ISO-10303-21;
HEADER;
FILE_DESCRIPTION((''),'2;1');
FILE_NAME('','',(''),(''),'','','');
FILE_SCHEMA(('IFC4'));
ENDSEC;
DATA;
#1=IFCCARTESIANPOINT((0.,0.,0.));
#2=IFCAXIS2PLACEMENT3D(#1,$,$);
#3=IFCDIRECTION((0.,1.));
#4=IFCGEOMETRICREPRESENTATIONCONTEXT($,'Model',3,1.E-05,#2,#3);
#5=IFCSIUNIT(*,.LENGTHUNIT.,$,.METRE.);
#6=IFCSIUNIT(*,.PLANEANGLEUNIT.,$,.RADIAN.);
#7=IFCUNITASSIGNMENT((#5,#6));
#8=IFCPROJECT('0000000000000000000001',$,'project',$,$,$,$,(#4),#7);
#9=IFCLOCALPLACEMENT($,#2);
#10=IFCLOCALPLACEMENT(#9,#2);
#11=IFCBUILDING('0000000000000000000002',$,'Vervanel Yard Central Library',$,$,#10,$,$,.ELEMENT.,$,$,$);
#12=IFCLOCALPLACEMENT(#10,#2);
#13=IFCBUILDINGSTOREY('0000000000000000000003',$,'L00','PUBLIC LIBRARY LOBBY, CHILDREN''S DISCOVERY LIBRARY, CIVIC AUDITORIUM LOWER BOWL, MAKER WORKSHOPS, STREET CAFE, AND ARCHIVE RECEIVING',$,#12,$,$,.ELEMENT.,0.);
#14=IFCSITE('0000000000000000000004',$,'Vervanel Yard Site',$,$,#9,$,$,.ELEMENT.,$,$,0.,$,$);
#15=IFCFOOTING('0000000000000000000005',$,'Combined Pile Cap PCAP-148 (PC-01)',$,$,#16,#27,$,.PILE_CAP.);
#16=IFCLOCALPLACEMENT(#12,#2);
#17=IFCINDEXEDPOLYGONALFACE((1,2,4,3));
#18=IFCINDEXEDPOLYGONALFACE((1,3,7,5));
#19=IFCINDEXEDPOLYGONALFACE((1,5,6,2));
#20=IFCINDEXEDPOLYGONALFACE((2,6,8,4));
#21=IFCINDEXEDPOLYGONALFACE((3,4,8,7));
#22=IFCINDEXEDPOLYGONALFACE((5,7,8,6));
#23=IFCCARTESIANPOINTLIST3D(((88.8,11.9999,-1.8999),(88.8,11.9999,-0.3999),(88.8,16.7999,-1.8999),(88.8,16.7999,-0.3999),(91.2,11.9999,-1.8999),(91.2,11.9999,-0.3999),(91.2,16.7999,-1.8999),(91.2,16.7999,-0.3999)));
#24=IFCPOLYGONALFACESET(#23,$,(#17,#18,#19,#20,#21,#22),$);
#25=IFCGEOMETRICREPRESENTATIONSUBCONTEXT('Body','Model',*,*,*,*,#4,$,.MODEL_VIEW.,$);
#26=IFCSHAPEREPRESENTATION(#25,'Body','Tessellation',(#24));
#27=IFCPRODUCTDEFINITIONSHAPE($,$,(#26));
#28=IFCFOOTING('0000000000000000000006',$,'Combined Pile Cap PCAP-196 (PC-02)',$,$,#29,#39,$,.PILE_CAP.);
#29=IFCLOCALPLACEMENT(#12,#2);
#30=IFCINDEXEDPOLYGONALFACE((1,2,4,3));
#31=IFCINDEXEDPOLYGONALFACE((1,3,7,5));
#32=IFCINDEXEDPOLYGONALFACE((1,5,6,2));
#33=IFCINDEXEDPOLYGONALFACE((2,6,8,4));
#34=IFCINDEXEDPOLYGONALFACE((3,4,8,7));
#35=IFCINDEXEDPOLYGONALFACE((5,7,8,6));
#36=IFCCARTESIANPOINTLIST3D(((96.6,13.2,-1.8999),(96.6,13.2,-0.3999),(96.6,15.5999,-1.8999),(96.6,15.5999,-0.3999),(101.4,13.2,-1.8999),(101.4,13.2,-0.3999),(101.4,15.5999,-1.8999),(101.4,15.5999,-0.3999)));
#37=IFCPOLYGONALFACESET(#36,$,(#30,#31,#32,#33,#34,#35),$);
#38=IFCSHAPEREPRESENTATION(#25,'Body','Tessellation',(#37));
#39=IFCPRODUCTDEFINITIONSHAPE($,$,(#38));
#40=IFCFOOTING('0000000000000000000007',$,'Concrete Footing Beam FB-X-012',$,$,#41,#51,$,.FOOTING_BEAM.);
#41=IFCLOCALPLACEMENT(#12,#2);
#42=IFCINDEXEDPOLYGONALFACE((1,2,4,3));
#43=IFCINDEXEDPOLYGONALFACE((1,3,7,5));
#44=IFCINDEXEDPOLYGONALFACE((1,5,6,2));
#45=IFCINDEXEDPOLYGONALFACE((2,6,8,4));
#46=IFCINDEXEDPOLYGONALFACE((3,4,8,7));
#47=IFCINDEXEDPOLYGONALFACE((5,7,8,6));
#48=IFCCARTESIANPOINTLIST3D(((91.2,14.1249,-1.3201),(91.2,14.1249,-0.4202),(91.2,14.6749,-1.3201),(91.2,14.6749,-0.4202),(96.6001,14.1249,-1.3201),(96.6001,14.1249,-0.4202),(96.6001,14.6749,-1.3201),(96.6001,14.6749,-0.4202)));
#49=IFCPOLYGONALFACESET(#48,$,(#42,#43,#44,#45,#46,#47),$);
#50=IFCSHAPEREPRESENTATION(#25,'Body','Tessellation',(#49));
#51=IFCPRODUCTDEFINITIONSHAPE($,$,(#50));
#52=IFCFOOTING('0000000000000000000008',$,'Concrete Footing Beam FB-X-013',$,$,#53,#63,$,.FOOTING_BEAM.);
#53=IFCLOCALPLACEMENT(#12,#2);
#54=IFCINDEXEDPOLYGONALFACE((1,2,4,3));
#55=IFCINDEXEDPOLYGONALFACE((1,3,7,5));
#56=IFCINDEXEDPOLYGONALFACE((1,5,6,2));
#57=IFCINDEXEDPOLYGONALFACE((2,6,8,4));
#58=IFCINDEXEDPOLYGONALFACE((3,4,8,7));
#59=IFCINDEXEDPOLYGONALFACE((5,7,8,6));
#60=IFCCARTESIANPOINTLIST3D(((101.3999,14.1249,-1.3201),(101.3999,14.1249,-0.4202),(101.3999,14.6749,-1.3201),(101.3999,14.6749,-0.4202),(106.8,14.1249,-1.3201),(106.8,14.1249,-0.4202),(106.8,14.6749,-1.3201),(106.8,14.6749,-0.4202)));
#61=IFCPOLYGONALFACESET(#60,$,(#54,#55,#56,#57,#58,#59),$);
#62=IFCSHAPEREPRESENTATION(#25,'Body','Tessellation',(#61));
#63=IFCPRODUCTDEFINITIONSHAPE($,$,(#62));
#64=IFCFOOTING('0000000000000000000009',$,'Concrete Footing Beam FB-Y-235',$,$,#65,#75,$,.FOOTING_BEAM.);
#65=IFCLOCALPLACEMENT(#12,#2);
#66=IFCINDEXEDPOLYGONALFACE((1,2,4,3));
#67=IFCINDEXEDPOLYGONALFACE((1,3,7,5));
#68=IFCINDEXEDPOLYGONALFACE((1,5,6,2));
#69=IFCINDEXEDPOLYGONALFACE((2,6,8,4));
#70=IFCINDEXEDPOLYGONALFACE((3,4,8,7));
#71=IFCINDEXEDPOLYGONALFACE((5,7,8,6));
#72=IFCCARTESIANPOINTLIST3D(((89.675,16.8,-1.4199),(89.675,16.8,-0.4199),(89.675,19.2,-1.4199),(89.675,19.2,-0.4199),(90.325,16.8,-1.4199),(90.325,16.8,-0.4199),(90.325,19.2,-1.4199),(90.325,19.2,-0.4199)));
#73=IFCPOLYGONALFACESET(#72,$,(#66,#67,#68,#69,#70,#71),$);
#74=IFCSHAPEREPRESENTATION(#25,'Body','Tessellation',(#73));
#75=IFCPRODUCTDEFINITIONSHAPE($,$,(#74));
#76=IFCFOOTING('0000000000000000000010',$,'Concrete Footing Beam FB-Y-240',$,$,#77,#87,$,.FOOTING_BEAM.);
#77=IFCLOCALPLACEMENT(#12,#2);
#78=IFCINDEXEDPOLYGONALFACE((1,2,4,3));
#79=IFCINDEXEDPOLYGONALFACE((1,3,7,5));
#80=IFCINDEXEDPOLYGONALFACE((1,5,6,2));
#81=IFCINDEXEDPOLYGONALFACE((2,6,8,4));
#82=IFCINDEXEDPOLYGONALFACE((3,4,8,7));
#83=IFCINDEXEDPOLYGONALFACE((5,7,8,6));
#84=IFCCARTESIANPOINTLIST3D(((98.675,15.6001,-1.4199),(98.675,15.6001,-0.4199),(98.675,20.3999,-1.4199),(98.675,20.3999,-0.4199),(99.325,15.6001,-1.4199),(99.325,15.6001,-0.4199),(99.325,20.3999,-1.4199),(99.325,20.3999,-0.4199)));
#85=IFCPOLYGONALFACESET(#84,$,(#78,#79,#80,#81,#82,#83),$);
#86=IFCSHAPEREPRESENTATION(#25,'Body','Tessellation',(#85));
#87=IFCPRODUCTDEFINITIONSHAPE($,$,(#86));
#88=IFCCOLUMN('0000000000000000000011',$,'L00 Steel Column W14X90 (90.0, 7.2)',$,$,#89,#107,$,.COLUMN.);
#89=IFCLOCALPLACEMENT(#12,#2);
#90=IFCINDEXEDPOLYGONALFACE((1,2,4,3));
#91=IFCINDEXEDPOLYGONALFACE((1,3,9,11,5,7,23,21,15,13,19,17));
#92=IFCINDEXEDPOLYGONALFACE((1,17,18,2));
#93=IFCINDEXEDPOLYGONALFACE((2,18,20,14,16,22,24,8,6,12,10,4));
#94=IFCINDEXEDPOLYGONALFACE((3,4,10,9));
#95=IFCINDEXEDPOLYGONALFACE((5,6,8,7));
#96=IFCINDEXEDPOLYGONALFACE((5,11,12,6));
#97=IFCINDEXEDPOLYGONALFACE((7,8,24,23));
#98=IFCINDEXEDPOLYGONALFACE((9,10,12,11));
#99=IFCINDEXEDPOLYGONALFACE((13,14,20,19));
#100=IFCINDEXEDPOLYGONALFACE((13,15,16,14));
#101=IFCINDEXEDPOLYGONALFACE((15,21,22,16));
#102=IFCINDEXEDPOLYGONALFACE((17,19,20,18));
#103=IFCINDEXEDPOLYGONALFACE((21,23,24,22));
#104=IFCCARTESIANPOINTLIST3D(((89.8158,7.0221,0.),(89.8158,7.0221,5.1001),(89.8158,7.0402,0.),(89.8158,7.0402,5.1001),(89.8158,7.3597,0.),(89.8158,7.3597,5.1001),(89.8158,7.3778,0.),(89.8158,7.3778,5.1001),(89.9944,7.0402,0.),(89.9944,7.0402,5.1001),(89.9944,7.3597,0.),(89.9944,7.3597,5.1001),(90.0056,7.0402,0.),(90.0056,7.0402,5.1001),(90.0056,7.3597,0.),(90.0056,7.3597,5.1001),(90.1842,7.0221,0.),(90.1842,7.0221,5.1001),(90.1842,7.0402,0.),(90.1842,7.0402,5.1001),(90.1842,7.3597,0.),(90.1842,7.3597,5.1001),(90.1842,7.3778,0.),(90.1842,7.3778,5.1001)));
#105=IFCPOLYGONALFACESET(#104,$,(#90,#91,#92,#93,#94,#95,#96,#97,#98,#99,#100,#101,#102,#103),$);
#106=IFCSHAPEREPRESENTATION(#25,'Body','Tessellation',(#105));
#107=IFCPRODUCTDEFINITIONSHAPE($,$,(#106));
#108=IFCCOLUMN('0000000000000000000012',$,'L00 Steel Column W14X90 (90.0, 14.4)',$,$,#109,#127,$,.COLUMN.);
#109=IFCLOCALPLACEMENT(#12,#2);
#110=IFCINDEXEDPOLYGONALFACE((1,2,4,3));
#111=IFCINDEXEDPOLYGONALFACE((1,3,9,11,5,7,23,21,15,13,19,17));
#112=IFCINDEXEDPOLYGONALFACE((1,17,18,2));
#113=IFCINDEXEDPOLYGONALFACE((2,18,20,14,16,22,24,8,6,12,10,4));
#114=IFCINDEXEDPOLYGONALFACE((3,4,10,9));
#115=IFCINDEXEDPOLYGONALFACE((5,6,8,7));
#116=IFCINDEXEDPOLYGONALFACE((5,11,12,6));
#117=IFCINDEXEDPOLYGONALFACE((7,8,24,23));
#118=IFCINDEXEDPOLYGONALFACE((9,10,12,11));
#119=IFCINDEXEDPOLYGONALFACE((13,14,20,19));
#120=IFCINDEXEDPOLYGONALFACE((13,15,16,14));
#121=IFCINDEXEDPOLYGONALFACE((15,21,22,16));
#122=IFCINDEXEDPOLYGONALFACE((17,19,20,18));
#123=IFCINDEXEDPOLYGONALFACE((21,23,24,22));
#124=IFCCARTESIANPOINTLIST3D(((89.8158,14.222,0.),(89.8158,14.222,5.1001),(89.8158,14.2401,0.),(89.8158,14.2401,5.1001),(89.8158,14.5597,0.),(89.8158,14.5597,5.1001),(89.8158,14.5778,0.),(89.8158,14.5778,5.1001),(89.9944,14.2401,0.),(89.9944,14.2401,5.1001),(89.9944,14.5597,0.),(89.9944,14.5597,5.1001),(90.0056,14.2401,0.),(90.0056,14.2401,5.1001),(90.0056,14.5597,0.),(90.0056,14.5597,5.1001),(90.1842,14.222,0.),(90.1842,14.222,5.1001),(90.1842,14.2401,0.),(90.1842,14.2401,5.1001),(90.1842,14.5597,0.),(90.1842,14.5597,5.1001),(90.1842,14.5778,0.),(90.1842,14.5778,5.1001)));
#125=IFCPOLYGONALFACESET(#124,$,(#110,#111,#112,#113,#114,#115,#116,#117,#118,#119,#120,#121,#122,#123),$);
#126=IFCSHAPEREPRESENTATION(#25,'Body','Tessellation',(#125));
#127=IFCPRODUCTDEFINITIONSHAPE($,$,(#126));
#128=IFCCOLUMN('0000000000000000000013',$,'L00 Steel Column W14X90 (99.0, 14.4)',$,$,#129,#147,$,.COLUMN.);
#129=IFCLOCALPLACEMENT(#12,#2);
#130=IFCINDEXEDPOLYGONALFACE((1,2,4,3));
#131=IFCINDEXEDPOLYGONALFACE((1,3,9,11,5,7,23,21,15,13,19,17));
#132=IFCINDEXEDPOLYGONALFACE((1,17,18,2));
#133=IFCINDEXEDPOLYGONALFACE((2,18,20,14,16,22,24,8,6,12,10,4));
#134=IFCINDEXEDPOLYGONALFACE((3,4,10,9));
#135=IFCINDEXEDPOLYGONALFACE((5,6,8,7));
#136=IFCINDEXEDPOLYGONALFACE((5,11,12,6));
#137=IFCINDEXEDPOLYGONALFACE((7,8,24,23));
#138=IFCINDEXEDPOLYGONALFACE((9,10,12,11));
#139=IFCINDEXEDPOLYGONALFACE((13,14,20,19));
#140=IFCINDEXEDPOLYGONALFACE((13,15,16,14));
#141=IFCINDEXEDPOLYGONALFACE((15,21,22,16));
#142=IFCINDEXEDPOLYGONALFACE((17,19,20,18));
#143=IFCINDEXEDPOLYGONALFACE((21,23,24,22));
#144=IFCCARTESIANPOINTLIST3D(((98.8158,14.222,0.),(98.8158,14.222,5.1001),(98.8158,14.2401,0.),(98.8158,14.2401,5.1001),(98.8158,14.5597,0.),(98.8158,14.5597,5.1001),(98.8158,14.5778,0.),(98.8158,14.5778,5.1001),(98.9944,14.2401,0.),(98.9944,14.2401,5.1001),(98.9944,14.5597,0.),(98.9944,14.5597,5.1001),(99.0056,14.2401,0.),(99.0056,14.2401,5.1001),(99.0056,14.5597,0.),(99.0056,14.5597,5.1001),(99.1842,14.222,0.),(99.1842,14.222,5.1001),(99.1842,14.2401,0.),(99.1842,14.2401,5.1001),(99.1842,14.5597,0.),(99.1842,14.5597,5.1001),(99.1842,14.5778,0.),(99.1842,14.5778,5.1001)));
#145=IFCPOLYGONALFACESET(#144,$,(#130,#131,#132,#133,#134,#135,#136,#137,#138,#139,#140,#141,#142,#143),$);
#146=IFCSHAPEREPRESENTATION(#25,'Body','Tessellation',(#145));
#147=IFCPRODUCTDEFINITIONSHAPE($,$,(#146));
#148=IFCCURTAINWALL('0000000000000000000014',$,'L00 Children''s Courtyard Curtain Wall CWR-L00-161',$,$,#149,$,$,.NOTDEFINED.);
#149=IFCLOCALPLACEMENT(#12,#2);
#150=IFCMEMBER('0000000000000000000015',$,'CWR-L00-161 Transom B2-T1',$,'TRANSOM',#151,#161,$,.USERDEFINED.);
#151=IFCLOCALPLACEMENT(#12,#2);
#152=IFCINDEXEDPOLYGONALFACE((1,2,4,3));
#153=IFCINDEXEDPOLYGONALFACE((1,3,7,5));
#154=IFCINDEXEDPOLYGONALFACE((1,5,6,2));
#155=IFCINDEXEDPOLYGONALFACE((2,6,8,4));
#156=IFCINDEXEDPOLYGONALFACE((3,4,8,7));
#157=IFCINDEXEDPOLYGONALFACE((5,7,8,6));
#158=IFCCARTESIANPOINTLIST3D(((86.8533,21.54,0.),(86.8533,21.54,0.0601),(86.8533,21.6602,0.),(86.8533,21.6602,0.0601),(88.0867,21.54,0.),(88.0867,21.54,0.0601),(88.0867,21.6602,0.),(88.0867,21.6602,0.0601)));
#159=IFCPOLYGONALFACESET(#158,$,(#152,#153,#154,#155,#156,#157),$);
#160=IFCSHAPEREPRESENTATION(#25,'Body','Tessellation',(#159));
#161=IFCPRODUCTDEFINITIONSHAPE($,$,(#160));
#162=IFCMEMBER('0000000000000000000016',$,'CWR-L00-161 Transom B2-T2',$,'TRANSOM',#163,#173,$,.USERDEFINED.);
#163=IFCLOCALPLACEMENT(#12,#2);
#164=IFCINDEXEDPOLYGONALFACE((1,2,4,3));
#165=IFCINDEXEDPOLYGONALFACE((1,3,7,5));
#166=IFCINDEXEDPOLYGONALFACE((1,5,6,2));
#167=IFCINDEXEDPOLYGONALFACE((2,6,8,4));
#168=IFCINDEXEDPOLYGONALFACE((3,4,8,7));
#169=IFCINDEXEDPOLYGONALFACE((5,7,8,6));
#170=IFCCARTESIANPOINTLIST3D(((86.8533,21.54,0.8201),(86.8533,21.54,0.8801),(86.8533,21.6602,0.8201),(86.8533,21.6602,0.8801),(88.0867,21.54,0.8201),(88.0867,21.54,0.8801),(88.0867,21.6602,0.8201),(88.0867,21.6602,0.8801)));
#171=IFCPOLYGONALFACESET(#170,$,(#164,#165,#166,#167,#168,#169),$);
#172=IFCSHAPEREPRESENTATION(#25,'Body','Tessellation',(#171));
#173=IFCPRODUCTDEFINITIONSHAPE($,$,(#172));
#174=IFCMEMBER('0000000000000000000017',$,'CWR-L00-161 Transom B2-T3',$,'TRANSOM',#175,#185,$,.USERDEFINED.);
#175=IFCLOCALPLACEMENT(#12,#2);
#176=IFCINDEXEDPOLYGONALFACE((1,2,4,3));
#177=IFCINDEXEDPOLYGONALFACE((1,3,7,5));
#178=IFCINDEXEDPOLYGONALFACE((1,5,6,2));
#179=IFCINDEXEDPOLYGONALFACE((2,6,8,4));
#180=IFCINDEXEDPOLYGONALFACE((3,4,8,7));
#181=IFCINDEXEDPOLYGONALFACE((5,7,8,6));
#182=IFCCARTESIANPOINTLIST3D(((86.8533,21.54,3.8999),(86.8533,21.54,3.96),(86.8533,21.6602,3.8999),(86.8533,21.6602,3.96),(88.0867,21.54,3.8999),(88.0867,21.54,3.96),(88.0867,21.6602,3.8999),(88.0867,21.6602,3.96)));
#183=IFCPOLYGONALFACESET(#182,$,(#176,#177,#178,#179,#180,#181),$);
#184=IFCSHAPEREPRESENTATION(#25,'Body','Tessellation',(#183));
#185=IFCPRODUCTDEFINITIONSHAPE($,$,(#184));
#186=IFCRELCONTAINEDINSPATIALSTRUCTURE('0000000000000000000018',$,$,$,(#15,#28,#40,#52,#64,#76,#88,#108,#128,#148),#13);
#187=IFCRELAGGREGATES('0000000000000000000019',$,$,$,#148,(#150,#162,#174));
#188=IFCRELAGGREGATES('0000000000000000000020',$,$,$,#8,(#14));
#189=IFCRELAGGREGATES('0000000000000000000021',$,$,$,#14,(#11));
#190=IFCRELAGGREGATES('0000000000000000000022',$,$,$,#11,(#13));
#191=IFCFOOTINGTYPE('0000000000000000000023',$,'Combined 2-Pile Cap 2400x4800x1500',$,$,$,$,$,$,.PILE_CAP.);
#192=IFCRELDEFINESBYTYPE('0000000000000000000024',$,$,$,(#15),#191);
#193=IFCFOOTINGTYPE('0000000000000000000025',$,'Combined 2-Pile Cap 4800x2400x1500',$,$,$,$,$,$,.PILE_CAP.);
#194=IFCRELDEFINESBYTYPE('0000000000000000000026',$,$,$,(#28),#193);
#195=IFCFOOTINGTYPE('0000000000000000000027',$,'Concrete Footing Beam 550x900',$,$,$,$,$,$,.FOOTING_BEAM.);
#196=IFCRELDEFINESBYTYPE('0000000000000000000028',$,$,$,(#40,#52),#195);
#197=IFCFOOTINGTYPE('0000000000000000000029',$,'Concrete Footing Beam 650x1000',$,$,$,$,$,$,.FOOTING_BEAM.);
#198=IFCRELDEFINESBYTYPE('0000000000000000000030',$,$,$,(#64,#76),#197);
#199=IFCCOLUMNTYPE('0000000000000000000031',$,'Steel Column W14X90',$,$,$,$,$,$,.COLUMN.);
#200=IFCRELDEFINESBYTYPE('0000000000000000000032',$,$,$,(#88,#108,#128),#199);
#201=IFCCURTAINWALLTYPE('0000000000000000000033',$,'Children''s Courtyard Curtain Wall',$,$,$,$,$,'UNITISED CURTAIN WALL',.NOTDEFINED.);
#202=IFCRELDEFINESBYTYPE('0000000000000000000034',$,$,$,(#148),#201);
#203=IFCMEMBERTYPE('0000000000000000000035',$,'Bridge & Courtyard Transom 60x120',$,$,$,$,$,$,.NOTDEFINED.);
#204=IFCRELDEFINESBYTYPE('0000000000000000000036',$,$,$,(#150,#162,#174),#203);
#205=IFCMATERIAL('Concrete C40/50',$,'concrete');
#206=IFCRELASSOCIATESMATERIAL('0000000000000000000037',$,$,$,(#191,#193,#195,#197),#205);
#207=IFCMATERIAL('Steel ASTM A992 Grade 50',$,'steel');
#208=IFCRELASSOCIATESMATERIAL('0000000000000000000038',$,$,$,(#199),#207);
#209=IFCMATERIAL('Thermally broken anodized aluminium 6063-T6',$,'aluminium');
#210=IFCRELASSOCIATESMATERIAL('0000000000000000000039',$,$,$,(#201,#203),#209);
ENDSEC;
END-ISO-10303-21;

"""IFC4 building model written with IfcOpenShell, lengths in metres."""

from ifc_helpers import new_model, si_unit, direction, frame, origin, origin_2d, place, context, subcontext, project, spatial, rectangle, i_section, extrude, material, material_profile, profile_set, type_object, element, aggregate, save


model = new_model("IFC4")

# Units and contexts
model_context = context("Model", 3, precision=1e-05, world=origin(), true_north=direction((0.0, 1.0)))
body_context = subcontext(model_context, "Body", "Model", "MODEL_VIEW")
ifc_project = project(units=[si_unit("LENGTHUNIT", "METRE"), si_unit("PLANEANGLEUNIT", "RADIAN")], contexts=[model_context])

# Site, building, storey
site_placement = place(None, origin())
site = spatial("IfcSite", under=ifc_project, at=site_placement, Name="Vervanel Yard Site", CompositionType="ELEMENT", RefElevation=0.0)
building_placement = place(site_placement, origin())
building = spatial("IfcBuilding", under=site, at=building_placement, Name="Vervanel Yard Central Library", CompositionType="ELEMENT")
storey_placement = place(building_placement, origin())
storey = spatial("IfcBuildingStorey", under=building, at=storey_placement, Name="L00", Description="PUBLIC LIBRARY LOBBY, CHILDREN'S DISCOVERY LIBRARY, CIVIC AUDITORIUM LOWER BOWL, MAKER WORKSHOPS, STREET CAFE, AND ARCHIVE RECEIVING", CompositionType="ELEMENT", Elevation=0.0)

# Shared definitions
ifc_material_1 = material(Name="Concrete C40/50", Category="concrete")

# Footings
footing_type_1 = type_object("IfcFootingType", Name="Combined 2-Pile Cap 2400x4800x1500", PredefinedType="PILE_CAP", material=ifc_material_1)
footing_1_placement = place(storey_placement, frame((90.0, 14.3999, -1.8999), z_axis=(0.0, 0.0, 1.0), x_axis=(1.0, 0.0, 0.0)))
element("IfcFooting", 1, at=footing_1_placement, inside=storey, type_object=footing_type_1, Name="Combined Pile Cap PCAP-148 (PC-01)", PredefinedType="PILE_CAP", context=body_context, shape_type="SweptSolid", body=[
    extrude(rectangle(XDim=2.3999, YDim=4.8, at=origin_2d()), origin(), (0.0, 0.0, 1.0), 1.5),
])
footing_type_2 = type_object("IfcFootingType", Name="Combined 2-Pile Cap 4800x2400x1500", PredefinedType="PILE_CAP", material=ifc_material_1)
footing_2_placement = place(storey_placement, frame((99.0, 14.3999, -1.8999), z_axis=(0.0, 0.0, 1.0), x_axis=(1.0, 0.0, 0.0)))
element("IfcFooting", 2, at=footing_2_placement, inside=storey, type_object=footing_type_2, Name="Combined Pile Cap PCAP-196 (PC-02)", PredefinedType="PILE_CAP", context=body_context, shape_type="SweptSolid", body=[
    extrude(rectangle(XDim=4.8, YDim=2.3999, at=origin_2d()), origin(), (0.0, 0.0, 1.0), 1.5),
])
ifc_material_profile_1 = material_profile(ifc_material_1, rectangle(XDim=0.55, YDim=0.8999, at=origin_2d()), Name="RC 550x900", Category="concrete")
ifc_profile_set_1 = profile_set([ifc_material_profile_1], Name="Concrete C40/50")
footing_type_3 = type_object("IfcFootingType", Name="Concrete Footing Beam 550x900", PredefinedType="FOOTING_BEAM", material=ifc_profile_set_1)
for number, where, z_axis, x_axis, name in (
    (3, (91.2, 14.3999, -0.8701), (1.0, 0.0, 0.0), (0.0, 1.0, 0.0), "Concrete Footing Beam FB-X-012"),
    (4, (101.3999, 14.3999, -0.8701), (1.0, 0.0, 0.0), (0.0, 1.0, 0.0), "Concrete Footing Beam FB-X-013"),
):
    element("IfcFooting", number, at=place(storey_placement, frame(where, z_axis=z_axis, x_axis=x_axis)), inside=storey, type_object=footing_type_3, Name=name, PredefinedType="FOOTING_BEAM", context=body_context, shape_type="SweptSolid", body=[
        extrude(rectangle(XDim=0.55, YDim=0.8999, at=origin_2d()), origin(), (0.0, 0.0, 1.0), 5.4001),
    ])
ifc_material_profile_2 = material_profile(ifc_material_1, rectangle(XDim=0.6499, YDim=1.0, at=origin_2d()), Name="RC 650x1000", Category="concrete")
ifc_profile_set_2 = profile_set([ifc_material_profile_2], Name="Concrete C40/50")
footing_type_4 = type_object("IfcFootingType", Name="Concrete Footing Beam 650x1000", PredefinedType="FOOTING_BEAM", material=ifc_profile_set_2)
footing_3_placement = place(storey_placement, frame((90.0, 16.8, -0.9199), z_axis=(0.0, 1.0, 0.0), x_axis=(-1.0, 0.0, 0.0)))
element("IfcFooting", 5, at=footing_3_placement, inside=storey, type_object=footing_type_4, Name="Concrete Footing Beam FB-Y-235", PredefinedType="FOOTING_BEAM", context=body_context, shape_type="SweptSolid", body=[
    extrude(rectangle(XDim=0.6499, YDim=1.0, at=origin_2d()), origin(), (0.0, 0.0, 1.0), 2.3999),
])
footing_4_placement = place(storey_placement, frame((99.0, 15.6001, -0.9199), z_axis=(0.0, 1.0, 0.0), x_axis=(-1.0, 0.0, 0.0)))
element("IfcFooting", 6, at=footing_4_placement, inside=storey, type_object=footing_type_4, Name="Concrete Footing Beam FB-Y-240", PredefinedType="FOOTING_BEAM", context=body_context, shape_type="SweptSolid", body=[
    extrude(rectangle(XDim=0.6499, YDim=1.0, at=origin_2d()), origin(), (0.0, 0.0, 1.0), 4.7998),
])

# Columns
ifc_material_2 = material(Name="Steel ASTM A992 Grade 50", Category="steel")
ifc_material_profile_3 = material_profile(ifc_material_2, i_section(OverallWidth=0.3684, OverallDepth=0.3557, WebThickness=0.0112, FlangeThickness=0.0181, at=origin_2d()), Name="W14X90", Category="steel")
ifc_profile_set_3 = profile_set([ifc_material_profile_3], Name="Steel ASTM A992 Grade 50")
column_type = type_object("IfcColumnType", Name="Steel Column W14X90", PredefinedType="COLUMN", material=ifc_profile_set_3)
for number, where, z_axis, x_axis, name in (
    (7, (90.0, 7.2, 0.0), (0.0, 0.0, 1.0), (1.0, 0.0, 0.0), "L00 Steel Column W14X90 (90.0, 7.2)"),
    (8, (90.0, 14.3999, 0.0), (0.0, 0.0, 1.0), (1.0, 0.0, 0.0), "L00 Steel Column W14X90 (90.0, 14.4)"),
    (9, (99.0, 14.3999, 0.0), (0.0, 0.0, 1.0), (1.0, 0.0, 0.0), "L00 Steel Column W14X90 (99.0, 14.4)"),
):
    element("IfcColumn", number, at=place(storey_placement, frame(where, z_axis=z_axis, x_axis=x_axis)), inside=storey, type_object=column_type, Name=name, PredefinedType="COLUMN", context=body_context, shape_type="SweptSolid", body=[
        extrude(i_section(OverallWidth=0.3684, OverallDepth=0.3557, WebThickness=0.0112, FlangeThickness=0.0181, at=origin_2d()), origin(), (0.0, 0.0, 1.0), 5.1001),
    ])

# Curtain wall, members
ifc_material_3 = material(Name="Thermally broken anodized aluminium 6063-T6", Category="aluminium")
curtain_wall_type = type_object("IfcCurtainWallType", Name="Children's Courtyard Curtain Wall", ElementType="UNITISED CURTAIN WALL", PredefinedType="NOTDEFINED", material=ifc_material_3)
curtain_wall_placement = place(storey_placement, origin())
curtain_wall = element("IfcCurtainWall", 10, at=curtain_wall_placement, inside=storey, type_object=curtain_wall_type, Name="L00 Children's Courtyard Curtain Wall CWR-L00-161", PredefinedType="NOTDEFINED")
ifc_material_profile_4 = material_profile(ifc_material_3, rectangle(XDim=0.0601, YDim=0.1201, at=origin_2d()), Name="ALU 60x120", Category="aluminium")
ifc_profile_set_4 = profile_set([ifc_material_profile_4], Name="Thermally broken anodized aluminium 6063-T6")
member_type = type_object("IfcMemberType", Name="Bridge & Courtyard Transom 60x120", PredefinedType="NOTDEFINED", material=ifc_profile_set_4)
member_1_placement = place(storey_placement, frame((86.8533, 21.6001, 0.03), z_axis=(1.0, 0.0, 0.0), x_axis=(0.0, 0.0, 1.0)))
member_1 = element("IfcMember", 11, at=member_1_placement, type_object=member_type, Name="CWR-L00-161 Transom B2-T1", ObjectType="TRANSOM", PredefinedType="USERDEFINED", context=body_context, shape_type="SweptSolid", body=[
    extrude(rectangle(XDim=0.0601, YDim=0.1201, at=origin_2d()), origin(), (0.0, 0.0, 1.0), 1.2334),
])
member_2_placement = place(storey_placement, frame((86.8533, 21.6001, 0.8501), z_axis=(1.0, 0.0, 0.0), x_axis=(0.0, 0.0, 1.0)))
member_2 = element("IfcMember", 12, at=member_2_placement, type_object=member_type, Name="CWR-L00-161 Transom B2-T2", ObjectType="TRANSOM", PredefinedType="USERDEFINED", context=body_context, shape_type="SweptSolid", body=[
    extrude(rectangle(XDim=0.0601, YDim=0.1201, at=origin_2d()), origin(), (0.0, 0.0, 1.0), 1.2334),
])
member_3_placement = place(storey_placement, frame((86.8533, 21.6001, 3.9299), z_axis=(1.0, 0.0, 0.0), x_axis=(0.0, 0.0, 1.0)))
member_3 = element("IfcMember", 13, at=member_3_placement, type_object=member_type, Name="CWR-L00-161 Transom B2-T3", ObjectType="TRANSOM", PredefinedType="USERDEFINED", context=body_context, shape_type="SweptSolid", body=[
    extrude(rectangle(XDim=0.0601, YDim=0.1201, at=origin_2d()), origin(), (0.0, 0.0, 1.0), 1.2334),
])
aggregate(curtain_wall, [member_1, member_2, member_3])

save(model, "model.ifc")
